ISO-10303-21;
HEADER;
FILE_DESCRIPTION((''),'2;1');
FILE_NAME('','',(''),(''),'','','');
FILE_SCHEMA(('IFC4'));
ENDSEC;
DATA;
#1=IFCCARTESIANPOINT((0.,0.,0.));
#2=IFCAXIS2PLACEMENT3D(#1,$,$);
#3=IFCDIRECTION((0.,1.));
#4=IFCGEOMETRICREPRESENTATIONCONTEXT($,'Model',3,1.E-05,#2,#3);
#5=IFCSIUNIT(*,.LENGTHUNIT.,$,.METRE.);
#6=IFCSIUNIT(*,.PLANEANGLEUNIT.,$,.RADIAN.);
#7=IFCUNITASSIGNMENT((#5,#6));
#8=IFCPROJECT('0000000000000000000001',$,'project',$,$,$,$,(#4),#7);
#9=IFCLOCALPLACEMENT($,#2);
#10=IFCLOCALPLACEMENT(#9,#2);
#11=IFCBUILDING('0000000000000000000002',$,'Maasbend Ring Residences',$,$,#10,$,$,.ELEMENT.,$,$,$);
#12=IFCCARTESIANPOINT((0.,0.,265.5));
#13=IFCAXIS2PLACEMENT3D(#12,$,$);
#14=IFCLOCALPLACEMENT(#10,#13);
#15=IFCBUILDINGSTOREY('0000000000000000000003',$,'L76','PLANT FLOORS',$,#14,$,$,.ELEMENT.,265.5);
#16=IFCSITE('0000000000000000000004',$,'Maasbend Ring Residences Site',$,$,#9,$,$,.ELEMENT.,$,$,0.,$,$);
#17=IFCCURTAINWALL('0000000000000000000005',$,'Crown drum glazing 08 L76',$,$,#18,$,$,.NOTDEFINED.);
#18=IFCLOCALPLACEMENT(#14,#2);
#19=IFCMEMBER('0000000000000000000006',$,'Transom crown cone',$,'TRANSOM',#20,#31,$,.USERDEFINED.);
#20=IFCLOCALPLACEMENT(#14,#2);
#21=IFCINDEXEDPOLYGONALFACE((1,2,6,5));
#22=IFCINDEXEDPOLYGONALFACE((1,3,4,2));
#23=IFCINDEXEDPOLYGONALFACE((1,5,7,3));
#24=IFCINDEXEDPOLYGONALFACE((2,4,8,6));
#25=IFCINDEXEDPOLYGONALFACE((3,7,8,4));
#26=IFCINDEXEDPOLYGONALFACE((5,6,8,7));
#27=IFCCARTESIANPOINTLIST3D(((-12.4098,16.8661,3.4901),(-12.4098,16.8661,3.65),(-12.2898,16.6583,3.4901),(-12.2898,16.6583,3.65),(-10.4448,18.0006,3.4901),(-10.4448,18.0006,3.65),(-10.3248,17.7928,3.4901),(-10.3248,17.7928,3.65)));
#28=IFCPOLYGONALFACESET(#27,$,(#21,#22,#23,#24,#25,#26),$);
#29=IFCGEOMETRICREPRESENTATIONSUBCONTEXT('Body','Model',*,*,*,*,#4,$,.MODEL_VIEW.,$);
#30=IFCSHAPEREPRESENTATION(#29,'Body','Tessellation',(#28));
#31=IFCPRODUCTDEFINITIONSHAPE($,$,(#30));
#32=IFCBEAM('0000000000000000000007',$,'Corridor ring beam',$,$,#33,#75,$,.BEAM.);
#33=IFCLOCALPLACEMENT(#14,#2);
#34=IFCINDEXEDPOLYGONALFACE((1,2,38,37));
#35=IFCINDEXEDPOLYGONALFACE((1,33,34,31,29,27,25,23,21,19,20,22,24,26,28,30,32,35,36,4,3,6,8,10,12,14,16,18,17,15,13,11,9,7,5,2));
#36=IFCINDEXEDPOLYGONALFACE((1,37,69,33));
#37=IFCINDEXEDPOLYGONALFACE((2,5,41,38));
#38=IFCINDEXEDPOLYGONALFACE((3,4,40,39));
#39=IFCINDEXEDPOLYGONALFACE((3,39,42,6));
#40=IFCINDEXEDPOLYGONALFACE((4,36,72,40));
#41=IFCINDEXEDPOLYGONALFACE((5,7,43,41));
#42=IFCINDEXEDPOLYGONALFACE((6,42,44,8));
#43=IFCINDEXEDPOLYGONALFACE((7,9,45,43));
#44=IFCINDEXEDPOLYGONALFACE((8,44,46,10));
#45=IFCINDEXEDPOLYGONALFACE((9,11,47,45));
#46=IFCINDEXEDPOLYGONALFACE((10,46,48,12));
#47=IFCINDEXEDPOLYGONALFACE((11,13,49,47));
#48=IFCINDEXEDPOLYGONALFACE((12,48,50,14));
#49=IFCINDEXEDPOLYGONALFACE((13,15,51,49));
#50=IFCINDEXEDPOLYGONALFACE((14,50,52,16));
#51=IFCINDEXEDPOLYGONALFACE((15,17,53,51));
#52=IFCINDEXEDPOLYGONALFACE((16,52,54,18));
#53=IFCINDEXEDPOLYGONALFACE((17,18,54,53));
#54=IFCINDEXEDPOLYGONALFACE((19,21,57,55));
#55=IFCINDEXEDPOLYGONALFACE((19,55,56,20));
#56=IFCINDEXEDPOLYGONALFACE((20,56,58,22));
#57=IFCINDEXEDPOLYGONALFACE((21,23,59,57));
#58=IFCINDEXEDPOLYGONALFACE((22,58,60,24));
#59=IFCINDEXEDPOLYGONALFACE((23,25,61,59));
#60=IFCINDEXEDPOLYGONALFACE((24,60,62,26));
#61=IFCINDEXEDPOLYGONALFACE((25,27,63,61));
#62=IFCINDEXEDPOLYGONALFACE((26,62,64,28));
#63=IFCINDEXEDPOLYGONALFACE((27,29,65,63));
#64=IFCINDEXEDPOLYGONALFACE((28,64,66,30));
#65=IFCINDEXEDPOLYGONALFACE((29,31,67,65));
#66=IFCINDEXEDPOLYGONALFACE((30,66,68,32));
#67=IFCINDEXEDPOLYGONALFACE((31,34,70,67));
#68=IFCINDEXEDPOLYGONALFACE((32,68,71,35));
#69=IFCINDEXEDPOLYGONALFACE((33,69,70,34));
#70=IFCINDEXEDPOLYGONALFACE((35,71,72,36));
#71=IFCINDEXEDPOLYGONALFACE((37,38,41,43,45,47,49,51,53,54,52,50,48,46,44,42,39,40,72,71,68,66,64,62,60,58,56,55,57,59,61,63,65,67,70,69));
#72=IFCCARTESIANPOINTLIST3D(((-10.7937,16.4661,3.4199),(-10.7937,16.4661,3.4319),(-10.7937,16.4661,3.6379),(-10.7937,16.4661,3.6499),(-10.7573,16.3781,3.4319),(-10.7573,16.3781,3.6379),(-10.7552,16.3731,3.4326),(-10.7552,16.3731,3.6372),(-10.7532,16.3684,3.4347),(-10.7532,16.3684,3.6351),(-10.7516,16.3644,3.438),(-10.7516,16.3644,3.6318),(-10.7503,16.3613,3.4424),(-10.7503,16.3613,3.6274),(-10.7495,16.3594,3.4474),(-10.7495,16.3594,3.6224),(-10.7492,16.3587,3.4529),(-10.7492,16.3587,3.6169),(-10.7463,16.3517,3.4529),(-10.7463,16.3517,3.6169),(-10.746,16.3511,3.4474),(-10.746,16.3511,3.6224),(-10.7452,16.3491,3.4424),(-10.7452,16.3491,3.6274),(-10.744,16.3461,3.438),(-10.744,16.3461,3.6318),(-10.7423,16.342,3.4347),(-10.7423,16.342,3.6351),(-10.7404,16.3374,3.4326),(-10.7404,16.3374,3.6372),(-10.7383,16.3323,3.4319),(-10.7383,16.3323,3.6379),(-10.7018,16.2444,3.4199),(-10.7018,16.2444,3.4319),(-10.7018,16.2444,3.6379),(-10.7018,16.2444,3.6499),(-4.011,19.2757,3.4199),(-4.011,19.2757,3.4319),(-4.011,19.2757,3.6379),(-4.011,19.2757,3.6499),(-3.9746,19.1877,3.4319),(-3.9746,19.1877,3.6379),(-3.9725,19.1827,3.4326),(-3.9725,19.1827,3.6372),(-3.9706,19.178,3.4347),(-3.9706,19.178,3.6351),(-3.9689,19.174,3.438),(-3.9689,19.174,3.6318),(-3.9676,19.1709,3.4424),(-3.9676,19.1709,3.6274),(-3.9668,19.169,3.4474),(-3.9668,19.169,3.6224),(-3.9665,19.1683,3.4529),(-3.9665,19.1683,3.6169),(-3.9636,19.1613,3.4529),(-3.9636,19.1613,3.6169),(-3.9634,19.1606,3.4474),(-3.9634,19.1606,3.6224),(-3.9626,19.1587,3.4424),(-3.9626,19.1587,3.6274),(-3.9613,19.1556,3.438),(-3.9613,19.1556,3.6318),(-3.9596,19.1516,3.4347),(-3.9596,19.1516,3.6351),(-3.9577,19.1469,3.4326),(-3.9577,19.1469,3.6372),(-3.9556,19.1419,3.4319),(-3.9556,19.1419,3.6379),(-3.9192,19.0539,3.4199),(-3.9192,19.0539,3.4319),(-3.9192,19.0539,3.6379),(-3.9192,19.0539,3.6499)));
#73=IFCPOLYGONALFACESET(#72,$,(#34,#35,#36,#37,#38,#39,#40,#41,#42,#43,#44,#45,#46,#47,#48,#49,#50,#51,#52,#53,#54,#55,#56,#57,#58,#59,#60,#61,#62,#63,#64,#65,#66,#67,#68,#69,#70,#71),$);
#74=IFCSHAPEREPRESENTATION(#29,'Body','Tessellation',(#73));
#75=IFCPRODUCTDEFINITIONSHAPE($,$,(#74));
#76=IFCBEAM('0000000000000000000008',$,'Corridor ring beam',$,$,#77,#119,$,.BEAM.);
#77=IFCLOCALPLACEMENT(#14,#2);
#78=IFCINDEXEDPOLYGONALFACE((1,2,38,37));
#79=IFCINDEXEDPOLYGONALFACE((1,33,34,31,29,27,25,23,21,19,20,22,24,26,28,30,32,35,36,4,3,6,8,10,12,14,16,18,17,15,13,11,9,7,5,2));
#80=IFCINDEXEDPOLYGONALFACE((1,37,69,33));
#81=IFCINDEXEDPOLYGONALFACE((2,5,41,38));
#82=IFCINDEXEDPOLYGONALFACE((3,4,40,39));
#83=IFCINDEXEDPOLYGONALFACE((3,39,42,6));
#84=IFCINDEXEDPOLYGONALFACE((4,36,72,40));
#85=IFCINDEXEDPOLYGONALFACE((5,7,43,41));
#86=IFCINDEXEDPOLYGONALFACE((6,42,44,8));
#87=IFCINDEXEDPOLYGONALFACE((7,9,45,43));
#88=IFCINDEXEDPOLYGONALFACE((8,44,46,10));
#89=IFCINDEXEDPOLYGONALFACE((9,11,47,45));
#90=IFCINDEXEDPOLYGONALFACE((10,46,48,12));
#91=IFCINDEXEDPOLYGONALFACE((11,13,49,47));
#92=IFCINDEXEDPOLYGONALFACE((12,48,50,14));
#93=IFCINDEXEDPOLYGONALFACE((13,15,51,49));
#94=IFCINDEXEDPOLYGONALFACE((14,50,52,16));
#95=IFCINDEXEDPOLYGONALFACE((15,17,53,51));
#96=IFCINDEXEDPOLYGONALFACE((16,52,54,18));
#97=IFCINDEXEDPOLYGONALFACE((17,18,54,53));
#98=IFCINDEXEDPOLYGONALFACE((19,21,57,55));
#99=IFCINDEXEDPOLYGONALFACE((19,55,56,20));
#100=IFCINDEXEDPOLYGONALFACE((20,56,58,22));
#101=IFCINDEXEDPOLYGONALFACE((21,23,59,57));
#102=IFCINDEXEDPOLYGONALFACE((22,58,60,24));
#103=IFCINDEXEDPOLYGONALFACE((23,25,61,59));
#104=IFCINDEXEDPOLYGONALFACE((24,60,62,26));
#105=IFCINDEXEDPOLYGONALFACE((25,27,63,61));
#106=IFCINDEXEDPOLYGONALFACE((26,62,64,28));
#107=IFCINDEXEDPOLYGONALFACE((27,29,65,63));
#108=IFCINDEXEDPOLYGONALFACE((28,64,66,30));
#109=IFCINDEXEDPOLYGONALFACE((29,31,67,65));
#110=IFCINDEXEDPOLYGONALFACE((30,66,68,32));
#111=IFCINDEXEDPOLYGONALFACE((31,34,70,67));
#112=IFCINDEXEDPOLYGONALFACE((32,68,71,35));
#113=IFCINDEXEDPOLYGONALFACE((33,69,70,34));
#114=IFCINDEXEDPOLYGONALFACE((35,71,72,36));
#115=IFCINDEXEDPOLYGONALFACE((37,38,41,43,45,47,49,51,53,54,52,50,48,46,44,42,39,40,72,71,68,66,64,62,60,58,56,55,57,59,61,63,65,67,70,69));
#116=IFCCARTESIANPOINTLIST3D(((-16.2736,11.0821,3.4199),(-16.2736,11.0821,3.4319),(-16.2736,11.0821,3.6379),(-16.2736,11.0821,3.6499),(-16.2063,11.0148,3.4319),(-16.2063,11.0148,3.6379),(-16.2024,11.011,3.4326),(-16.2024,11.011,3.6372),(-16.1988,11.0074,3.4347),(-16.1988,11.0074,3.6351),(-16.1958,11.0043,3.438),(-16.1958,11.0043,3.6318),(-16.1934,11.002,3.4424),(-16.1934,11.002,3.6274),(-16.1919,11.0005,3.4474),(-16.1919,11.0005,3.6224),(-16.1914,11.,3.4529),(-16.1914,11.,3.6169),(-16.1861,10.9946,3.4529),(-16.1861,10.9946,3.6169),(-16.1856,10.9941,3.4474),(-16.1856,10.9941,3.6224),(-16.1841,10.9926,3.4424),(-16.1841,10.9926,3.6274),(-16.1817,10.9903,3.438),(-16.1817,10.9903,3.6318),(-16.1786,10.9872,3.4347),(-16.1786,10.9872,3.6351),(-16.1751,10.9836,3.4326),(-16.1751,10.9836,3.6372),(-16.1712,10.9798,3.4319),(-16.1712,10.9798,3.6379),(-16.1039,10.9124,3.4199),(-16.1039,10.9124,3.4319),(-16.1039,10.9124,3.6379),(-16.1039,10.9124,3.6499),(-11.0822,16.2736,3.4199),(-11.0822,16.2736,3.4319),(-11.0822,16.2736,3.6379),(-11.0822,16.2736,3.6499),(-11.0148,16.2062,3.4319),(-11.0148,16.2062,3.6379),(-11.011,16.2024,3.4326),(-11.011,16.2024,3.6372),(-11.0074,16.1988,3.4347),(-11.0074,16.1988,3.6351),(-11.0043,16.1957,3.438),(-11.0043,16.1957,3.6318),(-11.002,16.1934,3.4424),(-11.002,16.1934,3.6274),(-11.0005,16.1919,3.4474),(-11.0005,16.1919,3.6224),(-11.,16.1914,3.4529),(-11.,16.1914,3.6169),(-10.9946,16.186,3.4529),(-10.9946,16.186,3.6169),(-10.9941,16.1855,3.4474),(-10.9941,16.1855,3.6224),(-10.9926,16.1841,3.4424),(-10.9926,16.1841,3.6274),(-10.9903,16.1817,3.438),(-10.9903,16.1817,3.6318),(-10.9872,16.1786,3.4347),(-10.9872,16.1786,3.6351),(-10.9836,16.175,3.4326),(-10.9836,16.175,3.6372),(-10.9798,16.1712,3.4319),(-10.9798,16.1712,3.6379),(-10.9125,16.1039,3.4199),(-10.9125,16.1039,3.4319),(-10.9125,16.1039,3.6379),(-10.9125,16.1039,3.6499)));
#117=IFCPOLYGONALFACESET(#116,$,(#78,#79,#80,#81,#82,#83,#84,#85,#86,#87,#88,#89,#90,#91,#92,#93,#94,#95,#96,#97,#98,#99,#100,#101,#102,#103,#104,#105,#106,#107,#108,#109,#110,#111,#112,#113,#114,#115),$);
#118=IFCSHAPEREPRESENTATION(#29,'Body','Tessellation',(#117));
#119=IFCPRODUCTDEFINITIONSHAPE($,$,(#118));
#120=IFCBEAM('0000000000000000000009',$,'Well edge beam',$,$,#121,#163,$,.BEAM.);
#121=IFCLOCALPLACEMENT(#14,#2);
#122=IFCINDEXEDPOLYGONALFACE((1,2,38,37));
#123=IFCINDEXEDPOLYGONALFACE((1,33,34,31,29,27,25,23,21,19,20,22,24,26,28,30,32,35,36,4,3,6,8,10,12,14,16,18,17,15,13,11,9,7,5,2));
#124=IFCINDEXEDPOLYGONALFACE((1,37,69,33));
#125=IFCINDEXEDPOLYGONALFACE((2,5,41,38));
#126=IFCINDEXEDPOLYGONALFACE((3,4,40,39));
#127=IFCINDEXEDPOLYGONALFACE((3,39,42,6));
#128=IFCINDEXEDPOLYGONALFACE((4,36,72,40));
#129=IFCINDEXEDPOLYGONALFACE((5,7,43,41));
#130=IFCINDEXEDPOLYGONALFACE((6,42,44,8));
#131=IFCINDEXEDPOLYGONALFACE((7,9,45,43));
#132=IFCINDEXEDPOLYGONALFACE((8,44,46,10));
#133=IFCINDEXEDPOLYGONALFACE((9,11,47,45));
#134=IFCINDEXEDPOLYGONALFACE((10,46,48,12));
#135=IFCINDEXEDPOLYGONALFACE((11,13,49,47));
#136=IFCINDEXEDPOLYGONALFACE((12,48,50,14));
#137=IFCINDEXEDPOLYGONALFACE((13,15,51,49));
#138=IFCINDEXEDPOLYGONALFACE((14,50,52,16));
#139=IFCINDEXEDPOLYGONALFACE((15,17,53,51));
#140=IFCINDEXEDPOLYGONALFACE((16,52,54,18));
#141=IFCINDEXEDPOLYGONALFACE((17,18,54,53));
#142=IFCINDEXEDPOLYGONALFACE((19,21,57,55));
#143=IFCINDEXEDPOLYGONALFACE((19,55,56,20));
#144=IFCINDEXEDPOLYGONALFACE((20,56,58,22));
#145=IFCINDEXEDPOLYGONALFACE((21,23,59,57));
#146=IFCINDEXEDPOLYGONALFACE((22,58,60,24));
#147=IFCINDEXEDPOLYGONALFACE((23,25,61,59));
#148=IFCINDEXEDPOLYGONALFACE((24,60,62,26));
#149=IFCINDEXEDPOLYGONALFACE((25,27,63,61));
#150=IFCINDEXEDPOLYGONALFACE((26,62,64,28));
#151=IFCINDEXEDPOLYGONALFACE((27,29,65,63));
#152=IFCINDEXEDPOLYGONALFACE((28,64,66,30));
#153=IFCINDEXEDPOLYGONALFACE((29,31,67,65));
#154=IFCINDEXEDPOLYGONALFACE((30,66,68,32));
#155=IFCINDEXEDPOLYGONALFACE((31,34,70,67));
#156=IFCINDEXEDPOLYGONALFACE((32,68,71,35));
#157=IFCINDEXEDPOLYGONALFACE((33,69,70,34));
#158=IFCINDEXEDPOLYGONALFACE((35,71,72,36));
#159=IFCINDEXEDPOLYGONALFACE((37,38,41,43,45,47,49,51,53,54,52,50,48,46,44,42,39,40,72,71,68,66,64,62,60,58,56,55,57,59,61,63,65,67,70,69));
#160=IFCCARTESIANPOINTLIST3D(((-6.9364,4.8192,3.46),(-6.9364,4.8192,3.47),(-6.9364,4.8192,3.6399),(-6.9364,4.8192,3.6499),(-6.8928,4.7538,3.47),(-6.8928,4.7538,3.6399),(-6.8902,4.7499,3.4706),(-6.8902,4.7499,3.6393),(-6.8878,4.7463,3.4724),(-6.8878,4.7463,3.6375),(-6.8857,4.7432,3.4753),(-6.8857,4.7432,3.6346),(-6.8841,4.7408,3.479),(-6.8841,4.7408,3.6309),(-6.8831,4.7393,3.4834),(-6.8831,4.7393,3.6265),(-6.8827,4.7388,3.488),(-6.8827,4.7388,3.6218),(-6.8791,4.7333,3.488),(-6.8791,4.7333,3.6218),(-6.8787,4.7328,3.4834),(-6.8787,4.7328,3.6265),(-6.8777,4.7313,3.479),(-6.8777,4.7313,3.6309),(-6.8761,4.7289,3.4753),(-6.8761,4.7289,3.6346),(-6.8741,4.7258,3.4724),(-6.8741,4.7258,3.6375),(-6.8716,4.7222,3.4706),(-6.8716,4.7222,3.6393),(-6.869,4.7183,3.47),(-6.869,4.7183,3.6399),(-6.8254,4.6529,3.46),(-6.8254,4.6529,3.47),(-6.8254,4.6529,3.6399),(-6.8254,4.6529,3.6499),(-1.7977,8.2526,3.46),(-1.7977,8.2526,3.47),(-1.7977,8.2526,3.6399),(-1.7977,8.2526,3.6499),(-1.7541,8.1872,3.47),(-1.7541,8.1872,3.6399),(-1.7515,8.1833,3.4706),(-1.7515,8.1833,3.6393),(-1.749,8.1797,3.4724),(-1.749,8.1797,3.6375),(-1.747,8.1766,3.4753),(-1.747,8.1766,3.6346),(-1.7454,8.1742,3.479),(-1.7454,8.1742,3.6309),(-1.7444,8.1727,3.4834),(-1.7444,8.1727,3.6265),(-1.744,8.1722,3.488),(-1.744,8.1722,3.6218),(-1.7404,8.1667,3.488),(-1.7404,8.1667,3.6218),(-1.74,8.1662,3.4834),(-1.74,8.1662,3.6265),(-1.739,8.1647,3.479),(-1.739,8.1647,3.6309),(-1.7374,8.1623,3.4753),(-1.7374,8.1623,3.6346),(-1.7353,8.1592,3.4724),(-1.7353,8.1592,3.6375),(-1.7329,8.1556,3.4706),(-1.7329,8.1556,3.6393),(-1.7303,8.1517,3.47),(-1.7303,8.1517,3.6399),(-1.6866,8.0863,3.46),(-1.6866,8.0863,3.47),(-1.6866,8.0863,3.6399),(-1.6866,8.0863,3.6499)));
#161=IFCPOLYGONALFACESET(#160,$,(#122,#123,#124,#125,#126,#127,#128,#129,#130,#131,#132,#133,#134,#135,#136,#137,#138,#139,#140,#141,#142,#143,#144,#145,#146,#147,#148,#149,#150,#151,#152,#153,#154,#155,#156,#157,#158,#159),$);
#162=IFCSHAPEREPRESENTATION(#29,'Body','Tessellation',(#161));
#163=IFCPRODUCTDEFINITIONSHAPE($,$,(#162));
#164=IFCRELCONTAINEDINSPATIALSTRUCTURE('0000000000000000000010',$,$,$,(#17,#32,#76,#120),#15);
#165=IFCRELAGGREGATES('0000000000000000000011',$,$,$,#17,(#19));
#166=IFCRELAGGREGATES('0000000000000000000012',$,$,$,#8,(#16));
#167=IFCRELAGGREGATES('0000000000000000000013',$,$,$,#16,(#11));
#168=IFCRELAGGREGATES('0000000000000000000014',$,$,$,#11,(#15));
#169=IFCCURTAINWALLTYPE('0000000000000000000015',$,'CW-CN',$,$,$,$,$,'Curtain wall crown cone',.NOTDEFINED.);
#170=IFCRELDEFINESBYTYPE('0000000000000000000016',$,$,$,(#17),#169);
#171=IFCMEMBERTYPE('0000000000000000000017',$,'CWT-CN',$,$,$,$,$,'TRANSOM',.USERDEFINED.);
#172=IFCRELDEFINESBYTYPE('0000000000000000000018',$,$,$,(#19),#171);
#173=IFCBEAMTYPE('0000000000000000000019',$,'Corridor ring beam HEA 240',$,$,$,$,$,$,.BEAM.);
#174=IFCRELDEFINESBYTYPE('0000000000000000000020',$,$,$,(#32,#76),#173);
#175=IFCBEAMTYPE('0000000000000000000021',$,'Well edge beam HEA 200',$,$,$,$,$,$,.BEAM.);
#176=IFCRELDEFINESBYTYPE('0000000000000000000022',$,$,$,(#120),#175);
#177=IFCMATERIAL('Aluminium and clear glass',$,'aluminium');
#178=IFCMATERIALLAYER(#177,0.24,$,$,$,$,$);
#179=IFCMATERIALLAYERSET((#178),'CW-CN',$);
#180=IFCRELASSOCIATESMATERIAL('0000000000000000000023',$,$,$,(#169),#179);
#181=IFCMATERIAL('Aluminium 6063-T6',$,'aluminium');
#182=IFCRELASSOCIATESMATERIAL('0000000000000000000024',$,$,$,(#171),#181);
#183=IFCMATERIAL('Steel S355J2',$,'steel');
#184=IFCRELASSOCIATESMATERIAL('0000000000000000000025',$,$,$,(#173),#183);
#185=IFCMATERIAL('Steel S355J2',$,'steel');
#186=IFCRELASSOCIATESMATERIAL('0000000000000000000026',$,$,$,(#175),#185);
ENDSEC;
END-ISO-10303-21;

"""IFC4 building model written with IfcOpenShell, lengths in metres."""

from ifc_helpers import new_model, si_unit, direction, frame, origin, origin_2d, place, context, subcontext, project, spatial, rectangle, i_section, extrude, material, layer, layer_set, material_profile, profile_set, type_object, element, aggregate, save


model = new_model("IFC4")

# Units and contexts
model_context = context("Model", 3, precision=1e-05, world=origin(), true_north=direction((0.0, 1.0)))
body_context = subcontext(model_context, "Body", "Model", "MODEL_VIEW")
ifc_project = project(units=[si_unit("LENGTHUNIT", "METRE"), si_unit("PLANEANGLEUNIT", "RADIAN")], contexts=[model_context])

# Site, building, storey
site_placement = place(None, origin())
site = spatial("IfcSite", under=ifc_project, at=site_placement, Name="Maasbend Ring Residences Site", CompositionType="ELEMENT", RefElevation=0.0)
building_placement = place(site_placement, origin())
building = spatial("IfcBuilding", under=site, at=building_placement, Name="Maasbend Ring Residences", CompositionType="ELEMENT")
storey_placement = place(building_placement, frame((0.0, 0.0, 265.5)))
storey = spatial("IfcBuildingStorey", under=building, at=storey_placement, Name="L76", Description="PLANT FLOORS", CompositionType="ELEMENT", Elevation=265.5)

# Curtain wall
ifc_material_1 = material(Name="Aluminium and clear glass", Category="aluminium")
ifc_layer_1 = layer(ifc_material_1, 0.24)
ifc_layer_set_1 = layer_set([ifc_layer_1], Name="CW-CN")
curtain_wall_type = type_object("IfcCurtainWallType", Name="CW-CN", ElementType="Curtain wall crown cone", PredefinedType="NOTDEFINED", material=ifc_layer_set_1)
curtain_wall_1_placement = place(storey_placement, origin())
curtain_wall_1 = element("IfcCurtainWall", 1, at=curtain_wall_1_placement, inside=storey, type_object=curtain_wall_type, Name="Crown drum glazing 08 L76", PredefinedType="NOTDEFINED")

# Member
ifc_material_2 = material(Name="Aluminium 6063-T6", Category="aluminium")
ifc_material_profile_1 = material_profile(ifc_material_2, rectangle(XDim=0.24, YDim=0.1599, at=origin_2d()), Name="AL 240x160")
ifc_profile_set_1 = profile_set([ifc_material_profile_1], Name="Aluminium 6063-T6")
member_type_1 = type_object("IfcMemberType", Name="CWT-CN", ElementType="TRANSOM", PredefinedType="USERDEFINED", material=ifc_profile_set_1)
member_1_placement = place(storey_placement, frame((-10.3848, 17.8967, 3.5701), z_axis=(-0.86603, -0.499993, 0.0), x_axis=(0.499993, -0.86603, 0.0)))
member_1 = element("IfcMember", 2, at=member_1_placement, type_object=member_type_1, Name="Transom crown cone", ObjectType="TRANSOM", PredefinedType="USERDEFINED", context=body_context, shape_type="SweptSolid", body=[
    extrude(rectangle(XDim=0.24, YDim=0.1599, at=origin_2d()), origin(), (0.0, 0.0, 1.0), 2.269),
])

# Beams
ifc_material_3 = material(Name="Steel S355J2", Category="steel")
ifc_material_profile_2 = material_profile(ifc_material_3, i_section(OverallWidth=0.24, OverallDepth=0.23, WebThickness=0.0076, FlangeThickness=0.012, FilletRadius=0.021, at=origin_2d()), Name="HEA 240")
ifc_profile_set_2 = profile_set([ifc_material_profile_2], Name="Steel S355J2")
beam_type_1 = type_object("IfcBeamType", Name="Corridor ring beam HEA 240", PredefinedType="BEAM", material=ifc_profile_set_2)
beam_1_placement = place(storey_placement, frame((-3.9651, 19.1648, 3.5349), z_axis=(-0.923876, -0.382692, 0.0), x_axis=(0.382692, -0.923876, 0.0)))
element("IfcBeam", 3, at=beam_1_placement, inside=storey, type_object=beam_type_1, Name="Corridor ring beam", PredefinedType="BEAM", context=body_context, shape_type="SweptSolid", body=[
    extrude(i_section(OverallWidth=0.24, OverallDepth=0.23, WebThickness=0.0076, FlangeThickness=0.012, FilletRadius=0.021, at=origin_2d()), origin(), (0.0, 0.0, 1.0), 7.3416),
])
beam_2_placement = place(storey_placement, frame((-10.9973, 16.1887, 3.5349), z_axis=(-0.707107, -0.707107, 0.0), x_axis=(0.707107, -0.707107, 0.0)))
element("IfcBeam", 4, at=beam_2_placement, inside=storey, type_object=beam_type_1, Name="Corridor ring beam", PredefinedType="BEAM", context=body_context, shape_type="SweptSolid", body=[
    extrude(i_section(OverallWidth=0.24, OverallDepth=0.23, WebThickness=0.0076, FlangeThickness=0.012, FilletRadius=0.021, at=origin_2d()), origin(), (0.0, 0.0, 1.0), 7.3418),
])
ifc_material_4 = material(Name="Steel S355J2", Category="steel")
ifc_material_profile_3 = material_profile(ifc_material_4, i_section(OverallWidth=0.2, OverallDepth=0.1899, WebThickness=0.0066, FlangeThickness=0.01, FilletRadius=0.0181, at=origin_2d()), Name="HEA 200")
ifc_profile_set_3 = profile_set([ifc_material_profile_3], Name="Steel S355J2")
beam_type_2 = type_object("IfcBeamType", Name="Well edge beam HEA 200", PredefinedType="BEAM", material=ifc_profile_set_3)
beam_3_placement = place(storey_placement, frame((-1.7422, 8.1694, 3.5549), z_axis=(-0.831485, -0.555548, 0.0), x_axis=(0.555548, -0.831485, 0.0)))
element("IfcBeam", 5, at=beam_3_placement, inside=storey, type_object=beam_type_2, Name="Well edge beam", PredefinedType="BEAM", context=body_context, shape_type="SweptSolid", body=[
    extrude(i_section(OverallWidth=0.2, OverallDepth=0.1899, WebThickness=0.0066, FlangeThickness=0.01, FilletRadius=0.0181, at=origin_2d()), origin(), (0.0, 0.0, 1.0), 6.1802),
])

aggregate(curtain_wall_1, [member_1])

save(model, "model.ifc")
